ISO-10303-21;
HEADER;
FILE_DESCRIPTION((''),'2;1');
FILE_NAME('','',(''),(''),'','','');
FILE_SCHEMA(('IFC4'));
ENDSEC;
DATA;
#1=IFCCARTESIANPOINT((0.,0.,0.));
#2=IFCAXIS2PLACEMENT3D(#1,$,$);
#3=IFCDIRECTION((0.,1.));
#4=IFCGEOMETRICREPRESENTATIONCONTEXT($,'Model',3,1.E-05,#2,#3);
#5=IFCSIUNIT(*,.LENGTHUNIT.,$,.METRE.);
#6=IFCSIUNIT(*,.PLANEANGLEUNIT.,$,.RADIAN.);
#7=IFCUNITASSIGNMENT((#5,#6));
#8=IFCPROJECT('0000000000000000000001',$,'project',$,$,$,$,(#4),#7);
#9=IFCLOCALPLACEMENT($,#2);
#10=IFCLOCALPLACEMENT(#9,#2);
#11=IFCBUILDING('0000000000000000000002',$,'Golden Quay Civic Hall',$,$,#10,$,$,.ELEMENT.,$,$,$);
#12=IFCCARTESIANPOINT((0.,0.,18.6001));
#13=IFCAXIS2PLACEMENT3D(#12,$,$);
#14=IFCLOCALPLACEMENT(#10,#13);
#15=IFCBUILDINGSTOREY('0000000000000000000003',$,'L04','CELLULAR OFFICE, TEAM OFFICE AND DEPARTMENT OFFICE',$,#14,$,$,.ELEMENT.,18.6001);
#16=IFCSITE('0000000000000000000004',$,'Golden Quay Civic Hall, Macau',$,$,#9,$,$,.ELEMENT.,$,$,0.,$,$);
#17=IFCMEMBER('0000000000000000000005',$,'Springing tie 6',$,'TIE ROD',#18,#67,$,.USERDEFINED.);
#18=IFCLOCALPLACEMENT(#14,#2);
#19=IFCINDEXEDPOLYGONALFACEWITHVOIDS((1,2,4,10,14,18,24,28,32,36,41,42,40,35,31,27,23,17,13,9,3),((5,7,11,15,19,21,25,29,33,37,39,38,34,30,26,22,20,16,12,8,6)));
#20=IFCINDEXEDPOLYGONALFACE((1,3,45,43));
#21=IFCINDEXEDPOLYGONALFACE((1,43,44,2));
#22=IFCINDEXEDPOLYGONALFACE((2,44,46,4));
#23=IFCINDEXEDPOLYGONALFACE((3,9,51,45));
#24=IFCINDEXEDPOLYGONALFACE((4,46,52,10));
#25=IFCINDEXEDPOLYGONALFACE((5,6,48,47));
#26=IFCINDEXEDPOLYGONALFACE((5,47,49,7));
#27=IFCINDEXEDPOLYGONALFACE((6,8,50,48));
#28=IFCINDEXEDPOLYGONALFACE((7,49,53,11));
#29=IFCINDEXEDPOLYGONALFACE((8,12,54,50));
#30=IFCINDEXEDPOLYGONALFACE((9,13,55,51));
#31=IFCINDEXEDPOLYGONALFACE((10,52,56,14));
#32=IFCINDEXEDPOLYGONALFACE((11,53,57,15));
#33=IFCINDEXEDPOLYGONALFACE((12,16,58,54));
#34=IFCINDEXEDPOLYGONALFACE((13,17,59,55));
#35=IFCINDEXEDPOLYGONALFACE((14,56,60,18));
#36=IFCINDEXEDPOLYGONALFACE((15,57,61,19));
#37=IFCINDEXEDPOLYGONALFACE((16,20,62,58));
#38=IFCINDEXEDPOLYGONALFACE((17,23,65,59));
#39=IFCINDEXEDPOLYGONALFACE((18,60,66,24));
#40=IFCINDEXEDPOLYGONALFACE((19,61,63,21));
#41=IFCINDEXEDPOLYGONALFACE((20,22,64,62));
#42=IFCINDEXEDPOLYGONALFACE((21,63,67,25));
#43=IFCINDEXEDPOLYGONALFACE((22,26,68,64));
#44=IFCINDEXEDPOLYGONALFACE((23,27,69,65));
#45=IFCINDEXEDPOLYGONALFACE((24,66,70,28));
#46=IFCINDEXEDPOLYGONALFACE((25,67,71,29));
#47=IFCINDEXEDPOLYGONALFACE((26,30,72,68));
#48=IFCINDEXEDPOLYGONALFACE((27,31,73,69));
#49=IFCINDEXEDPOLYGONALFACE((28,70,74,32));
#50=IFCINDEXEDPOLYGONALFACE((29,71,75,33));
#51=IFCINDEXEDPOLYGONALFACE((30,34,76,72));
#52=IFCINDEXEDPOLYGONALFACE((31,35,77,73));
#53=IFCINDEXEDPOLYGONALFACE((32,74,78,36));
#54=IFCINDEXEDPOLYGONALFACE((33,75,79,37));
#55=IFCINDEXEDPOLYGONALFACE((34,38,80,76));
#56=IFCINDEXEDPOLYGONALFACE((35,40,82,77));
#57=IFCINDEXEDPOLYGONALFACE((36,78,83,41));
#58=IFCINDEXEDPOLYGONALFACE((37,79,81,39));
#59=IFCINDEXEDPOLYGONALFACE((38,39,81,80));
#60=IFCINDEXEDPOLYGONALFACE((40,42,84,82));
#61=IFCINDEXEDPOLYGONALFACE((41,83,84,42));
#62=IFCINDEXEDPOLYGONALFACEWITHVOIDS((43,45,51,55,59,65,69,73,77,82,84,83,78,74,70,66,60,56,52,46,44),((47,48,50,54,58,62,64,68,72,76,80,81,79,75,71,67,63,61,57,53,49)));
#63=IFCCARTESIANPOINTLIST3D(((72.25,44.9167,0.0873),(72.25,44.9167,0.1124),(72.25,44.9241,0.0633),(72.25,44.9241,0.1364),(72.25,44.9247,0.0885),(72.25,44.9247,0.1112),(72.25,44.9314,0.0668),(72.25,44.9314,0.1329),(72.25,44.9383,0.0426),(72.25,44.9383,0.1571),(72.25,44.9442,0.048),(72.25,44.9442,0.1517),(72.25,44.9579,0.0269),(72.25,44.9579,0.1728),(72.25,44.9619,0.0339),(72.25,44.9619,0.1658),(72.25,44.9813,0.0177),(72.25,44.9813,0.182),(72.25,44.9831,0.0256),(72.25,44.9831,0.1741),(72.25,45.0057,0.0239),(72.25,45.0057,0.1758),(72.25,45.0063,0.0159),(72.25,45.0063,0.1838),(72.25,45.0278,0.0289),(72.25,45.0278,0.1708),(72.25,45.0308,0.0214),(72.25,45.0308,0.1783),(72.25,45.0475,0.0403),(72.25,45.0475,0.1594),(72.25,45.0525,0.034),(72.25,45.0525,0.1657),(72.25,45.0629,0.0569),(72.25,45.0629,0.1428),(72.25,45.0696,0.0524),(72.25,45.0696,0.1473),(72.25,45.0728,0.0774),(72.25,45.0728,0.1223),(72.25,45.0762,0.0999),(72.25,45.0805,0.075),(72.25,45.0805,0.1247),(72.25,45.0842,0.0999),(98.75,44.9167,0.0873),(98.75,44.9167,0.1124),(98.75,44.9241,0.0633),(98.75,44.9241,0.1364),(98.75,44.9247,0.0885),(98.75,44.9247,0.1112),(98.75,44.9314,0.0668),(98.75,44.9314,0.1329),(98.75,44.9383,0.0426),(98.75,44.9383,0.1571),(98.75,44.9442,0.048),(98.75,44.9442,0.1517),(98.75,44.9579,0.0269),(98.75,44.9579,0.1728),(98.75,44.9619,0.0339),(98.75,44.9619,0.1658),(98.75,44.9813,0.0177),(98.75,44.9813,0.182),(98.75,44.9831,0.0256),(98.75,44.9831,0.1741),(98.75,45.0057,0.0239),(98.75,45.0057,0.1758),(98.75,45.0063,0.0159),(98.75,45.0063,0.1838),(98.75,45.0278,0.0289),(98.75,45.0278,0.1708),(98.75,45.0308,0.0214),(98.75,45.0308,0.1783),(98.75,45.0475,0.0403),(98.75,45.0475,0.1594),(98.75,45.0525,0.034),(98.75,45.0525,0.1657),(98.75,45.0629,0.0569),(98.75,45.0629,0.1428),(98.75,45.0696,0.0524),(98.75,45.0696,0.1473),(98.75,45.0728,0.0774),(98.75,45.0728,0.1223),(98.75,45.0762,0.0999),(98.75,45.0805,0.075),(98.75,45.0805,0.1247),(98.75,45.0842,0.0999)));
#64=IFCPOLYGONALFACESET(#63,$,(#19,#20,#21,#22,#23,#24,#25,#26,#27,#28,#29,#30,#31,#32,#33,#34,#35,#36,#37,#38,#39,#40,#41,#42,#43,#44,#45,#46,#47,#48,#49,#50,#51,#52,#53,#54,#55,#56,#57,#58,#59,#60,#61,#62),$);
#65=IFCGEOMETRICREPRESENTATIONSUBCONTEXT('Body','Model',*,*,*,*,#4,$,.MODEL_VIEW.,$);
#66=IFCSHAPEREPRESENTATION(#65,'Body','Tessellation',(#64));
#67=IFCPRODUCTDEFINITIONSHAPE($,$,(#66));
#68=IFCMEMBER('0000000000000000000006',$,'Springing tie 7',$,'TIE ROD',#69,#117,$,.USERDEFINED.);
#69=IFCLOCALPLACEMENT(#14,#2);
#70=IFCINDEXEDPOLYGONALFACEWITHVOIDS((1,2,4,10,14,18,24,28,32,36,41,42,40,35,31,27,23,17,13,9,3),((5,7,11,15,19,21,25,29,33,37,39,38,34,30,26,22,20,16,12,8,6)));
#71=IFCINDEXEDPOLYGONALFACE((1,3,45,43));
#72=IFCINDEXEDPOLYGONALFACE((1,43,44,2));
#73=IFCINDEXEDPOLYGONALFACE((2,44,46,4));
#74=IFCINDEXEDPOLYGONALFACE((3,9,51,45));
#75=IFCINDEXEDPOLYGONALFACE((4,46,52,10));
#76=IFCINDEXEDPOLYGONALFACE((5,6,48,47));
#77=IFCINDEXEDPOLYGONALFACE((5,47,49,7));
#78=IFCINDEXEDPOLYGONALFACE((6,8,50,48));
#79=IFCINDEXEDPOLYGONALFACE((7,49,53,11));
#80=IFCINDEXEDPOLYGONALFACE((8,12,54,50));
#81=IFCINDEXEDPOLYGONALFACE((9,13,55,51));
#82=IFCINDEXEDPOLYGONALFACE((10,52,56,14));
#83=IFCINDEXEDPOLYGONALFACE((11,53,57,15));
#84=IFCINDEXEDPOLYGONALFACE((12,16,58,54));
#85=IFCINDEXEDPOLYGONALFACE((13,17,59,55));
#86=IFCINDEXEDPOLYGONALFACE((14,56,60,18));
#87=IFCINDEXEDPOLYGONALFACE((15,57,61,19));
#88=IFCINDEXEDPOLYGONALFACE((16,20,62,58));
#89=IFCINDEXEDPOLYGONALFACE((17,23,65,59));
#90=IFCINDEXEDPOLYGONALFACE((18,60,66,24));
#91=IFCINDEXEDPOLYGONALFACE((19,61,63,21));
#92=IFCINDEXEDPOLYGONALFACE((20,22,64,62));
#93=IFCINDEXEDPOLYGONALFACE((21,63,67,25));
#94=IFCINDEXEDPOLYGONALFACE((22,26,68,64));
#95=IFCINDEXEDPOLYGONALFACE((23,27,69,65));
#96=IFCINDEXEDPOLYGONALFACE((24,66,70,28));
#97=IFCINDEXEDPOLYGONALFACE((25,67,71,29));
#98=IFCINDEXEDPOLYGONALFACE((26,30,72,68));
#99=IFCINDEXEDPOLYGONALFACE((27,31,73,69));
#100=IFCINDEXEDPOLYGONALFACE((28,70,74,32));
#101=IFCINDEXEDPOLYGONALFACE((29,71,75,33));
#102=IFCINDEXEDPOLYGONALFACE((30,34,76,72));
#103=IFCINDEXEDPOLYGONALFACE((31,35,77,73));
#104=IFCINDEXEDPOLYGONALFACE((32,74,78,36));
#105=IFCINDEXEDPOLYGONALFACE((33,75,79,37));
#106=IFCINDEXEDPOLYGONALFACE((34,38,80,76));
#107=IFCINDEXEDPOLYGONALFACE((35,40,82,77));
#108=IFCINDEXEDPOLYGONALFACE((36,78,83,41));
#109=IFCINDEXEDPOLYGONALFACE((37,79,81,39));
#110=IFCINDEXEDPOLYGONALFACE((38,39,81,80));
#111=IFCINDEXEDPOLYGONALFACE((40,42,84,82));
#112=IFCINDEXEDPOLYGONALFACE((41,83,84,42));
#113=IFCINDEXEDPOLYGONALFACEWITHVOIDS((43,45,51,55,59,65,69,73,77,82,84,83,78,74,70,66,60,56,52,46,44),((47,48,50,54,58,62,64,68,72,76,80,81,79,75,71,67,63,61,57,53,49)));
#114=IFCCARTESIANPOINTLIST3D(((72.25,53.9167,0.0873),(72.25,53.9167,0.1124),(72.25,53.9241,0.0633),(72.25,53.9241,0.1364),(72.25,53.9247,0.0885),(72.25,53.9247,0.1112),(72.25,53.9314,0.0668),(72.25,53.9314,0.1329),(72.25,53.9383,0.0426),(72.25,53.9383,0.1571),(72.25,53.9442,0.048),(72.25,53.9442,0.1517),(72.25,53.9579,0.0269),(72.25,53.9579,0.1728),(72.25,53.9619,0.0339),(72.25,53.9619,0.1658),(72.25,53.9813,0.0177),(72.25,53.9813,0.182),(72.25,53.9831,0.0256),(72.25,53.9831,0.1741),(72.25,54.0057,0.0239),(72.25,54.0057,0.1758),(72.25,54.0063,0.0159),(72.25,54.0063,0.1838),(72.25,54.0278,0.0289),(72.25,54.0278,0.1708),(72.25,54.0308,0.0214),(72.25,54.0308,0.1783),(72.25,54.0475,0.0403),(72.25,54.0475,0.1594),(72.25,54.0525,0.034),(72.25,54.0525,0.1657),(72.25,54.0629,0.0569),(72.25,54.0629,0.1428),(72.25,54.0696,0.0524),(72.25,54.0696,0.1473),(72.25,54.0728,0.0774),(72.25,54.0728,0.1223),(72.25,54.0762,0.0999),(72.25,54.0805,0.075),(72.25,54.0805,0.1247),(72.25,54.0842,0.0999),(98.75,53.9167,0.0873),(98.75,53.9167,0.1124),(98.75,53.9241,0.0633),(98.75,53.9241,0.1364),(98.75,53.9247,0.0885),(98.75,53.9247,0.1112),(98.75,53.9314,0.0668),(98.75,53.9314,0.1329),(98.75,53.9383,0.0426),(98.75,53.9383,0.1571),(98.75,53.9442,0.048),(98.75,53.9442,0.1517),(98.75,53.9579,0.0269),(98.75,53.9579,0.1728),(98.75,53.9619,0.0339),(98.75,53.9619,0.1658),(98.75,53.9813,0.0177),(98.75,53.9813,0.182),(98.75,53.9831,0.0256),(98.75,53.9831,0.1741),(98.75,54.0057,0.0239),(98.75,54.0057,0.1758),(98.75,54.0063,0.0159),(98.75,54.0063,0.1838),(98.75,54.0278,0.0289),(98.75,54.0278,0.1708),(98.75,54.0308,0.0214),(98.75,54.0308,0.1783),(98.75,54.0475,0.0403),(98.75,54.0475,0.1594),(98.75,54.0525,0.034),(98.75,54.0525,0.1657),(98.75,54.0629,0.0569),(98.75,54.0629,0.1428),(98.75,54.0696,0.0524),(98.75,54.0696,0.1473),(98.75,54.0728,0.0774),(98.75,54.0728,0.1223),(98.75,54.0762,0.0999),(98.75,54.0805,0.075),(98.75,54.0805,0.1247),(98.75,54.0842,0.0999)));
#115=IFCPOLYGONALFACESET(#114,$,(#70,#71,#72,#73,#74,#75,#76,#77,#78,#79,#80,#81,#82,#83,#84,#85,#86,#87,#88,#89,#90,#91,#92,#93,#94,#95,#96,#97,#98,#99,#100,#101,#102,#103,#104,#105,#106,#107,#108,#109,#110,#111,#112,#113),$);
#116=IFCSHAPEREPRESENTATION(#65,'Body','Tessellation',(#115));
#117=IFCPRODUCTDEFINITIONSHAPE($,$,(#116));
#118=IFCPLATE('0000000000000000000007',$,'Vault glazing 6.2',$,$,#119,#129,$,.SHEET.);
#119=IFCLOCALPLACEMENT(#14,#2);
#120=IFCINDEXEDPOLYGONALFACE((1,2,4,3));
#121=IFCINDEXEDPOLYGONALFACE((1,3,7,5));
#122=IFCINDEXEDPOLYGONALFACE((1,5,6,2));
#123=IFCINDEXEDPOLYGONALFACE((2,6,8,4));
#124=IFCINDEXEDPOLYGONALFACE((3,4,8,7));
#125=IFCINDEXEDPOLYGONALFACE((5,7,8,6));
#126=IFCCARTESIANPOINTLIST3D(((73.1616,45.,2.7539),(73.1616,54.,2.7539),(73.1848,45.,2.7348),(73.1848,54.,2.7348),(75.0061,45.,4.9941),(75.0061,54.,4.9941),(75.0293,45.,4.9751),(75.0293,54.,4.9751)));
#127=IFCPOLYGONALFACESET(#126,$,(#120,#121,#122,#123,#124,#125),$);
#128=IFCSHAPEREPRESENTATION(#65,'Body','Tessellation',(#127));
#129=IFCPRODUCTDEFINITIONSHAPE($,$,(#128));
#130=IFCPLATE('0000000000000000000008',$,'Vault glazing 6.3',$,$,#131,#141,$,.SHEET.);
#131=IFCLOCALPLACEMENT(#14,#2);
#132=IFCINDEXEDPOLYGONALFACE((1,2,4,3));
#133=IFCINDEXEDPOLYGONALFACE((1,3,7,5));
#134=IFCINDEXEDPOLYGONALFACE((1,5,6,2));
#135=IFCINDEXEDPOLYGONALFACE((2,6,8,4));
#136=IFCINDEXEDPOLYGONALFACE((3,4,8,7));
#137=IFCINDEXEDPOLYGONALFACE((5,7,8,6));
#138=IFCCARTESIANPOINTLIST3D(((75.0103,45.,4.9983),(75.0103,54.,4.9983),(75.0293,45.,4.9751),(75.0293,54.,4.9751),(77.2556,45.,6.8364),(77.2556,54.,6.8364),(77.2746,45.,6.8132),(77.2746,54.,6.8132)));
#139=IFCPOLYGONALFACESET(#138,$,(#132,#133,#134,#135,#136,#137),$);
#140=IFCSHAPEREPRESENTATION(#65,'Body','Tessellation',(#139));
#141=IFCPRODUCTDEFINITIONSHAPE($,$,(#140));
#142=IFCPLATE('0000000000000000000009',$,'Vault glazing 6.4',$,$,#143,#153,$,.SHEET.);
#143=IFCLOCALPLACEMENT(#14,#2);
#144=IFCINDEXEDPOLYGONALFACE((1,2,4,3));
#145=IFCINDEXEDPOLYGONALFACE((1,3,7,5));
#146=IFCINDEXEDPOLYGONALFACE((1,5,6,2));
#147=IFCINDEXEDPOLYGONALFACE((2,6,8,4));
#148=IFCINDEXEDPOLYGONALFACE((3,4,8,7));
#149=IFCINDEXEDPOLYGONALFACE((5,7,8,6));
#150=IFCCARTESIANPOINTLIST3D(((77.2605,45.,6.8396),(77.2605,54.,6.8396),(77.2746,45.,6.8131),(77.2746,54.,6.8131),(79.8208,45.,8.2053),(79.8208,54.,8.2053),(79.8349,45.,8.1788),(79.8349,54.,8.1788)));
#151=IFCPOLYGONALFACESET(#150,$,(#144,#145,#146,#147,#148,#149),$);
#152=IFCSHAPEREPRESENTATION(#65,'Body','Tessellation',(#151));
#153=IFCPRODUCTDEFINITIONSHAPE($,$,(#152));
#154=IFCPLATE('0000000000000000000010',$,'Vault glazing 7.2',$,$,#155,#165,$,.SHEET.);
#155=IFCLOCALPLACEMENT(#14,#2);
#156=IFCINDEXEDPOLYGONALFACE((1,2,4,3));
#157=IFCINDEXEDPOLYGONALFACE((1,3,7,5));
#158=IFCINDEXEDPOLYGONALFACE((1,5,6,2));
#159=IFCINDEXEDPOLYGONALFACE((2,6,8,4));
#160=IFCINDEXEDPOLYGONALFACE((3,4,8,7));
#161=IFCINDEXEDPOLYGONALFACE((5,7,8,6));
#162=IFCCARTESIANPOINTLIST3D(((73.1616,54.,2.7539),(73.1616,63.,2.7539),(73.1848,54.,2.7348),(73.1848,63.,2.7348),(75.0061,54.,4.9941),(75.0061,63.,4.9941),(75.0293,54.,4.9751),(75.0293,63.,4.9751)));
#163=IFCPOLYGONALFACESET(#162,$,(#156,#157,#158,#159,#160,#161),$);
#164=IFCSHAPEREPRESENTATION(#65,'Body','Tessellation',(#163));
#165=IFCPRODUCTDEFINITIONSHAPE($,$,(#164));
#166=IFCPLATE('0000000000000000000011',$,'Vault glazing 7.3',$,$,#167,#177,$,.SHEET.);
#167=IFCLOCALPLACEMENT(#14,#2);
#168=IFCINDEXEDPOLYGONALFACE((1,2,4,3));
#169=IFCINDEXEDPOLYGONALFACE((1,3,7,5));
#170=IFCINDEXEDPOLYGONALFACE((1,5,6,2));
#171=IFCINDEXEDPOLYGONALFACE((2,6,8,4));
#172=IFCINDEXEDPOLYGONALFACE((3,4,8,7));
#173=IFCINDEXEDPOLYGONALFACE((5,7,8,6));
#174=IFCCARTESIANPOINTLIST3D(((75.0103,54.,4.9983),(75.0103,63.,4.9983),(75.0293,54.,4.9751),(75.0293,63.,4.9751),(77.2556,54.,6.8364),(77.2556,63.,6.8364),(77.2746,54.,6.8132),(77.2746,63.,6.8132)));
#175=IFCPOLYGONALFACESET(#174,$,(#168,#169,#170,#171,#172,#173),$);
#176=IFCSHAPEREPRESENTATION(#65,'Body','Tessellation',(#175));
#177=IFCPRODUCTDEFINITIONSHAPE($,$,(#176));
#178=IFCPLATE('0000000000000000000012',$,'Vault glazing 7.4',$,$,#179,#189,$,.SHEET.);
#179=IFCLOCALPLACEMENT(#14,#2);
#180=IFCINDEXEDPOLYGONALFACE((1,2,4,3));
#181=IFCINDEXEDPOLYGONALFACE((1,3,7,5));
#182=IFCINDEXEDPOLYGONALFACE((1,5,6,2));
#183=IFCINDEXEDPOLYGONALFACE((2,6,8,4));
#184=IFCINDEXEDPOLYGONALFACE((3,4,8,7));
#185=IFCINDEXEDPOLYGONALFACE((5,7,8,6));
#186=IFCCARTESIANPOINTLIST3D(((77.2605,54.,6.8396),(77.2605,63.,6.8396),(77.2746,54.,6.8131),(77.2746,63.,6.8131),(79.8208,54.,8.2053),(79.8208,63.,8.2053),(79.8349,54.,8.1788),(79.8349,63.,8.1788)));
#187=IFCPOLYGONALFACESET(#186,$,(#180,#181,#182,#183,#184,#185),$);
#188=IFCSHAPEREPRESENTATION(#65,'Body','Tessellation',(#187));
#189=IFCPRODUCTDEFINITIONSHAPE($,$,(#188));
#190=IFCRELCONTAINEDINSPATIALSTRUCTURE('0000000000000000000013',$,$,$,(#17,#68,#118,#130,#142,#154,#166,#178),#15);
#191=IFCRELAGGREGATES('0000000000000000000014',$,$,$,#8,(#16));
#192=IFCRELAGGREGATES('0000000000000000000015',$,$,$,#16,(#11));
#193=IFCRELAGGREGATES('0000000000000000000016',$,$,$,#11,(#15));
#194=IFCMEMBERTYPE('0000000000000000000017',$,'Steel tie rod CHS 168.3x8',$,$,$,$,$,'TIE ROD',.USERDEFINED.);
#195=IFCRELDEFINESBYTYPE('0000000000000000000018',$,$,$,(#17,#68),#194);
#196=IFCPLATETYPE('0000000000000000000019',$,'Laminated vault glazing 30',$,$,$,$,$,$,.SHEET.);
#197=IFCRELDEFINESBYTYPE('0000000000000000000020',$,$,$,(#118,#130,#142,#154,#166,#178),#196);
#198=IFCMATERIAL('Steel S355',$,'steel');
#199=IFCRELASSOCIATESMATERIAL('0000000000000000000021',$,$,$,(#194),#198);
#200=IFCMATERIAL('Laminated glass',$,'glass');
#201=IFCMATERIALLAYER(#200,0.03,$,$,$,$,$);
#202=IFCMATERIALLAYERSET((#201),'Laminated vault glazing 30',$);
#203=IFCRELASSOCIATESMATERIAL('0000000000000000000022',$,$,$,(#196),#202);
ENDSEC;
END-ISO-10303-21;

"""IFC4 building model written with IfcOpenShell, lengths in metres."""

from ifc_helpers import new_model, si_unit, direction, frame, origin, origin_2d, place, context, subcontext, project, spatial, polyline, hollow_circle, outline, extrude, material, layer, layer_set, material_profile, profile_set, type_object, element, save


model = new_model("IFC4")

# Units and contexts
model_context = context("Model", 3, precision=1e-05, world=origin(), true_north=direction((0.0, 1.0)))
body_context = subcontext(model_context, "Body", "Model", "MODEL_VIEW")
ifc_project = project(units=[si_unit("LENGTHUNIT", "METRE"), si_unit("PLANEANGLEUNIT", "RADIAN")], contexts=[model_context])

# Site, building, storey
site_placement = place(None, origin())
site = spatial("IfcSite", under=ifc_project, at=site_placement, Name="Golden Quay Civic Hall, Macau", CompositionType="ELEMENT", RefElevation=0.0)
building_placement = place(site_placement, origin())
building = spatial("IfcBuilding", under=site, at=building_placement, Name="Golden Quay Civic Hall", CompositionType="ELEMENT")
storey_placement = place(building_placement, frame((0.0, 0.0, 18.6001)))
storey = spatial("IfcBuildingStorey", under=building, at=storey_placement, Name="L04", Description="CELLULAR OFFICE, TEAM OFFICE AND DEPARTMENT OFFICE", CompositionType="ELEMENT", Elevation=18.6001)

# Members
ifc_material_1 = material(Name="Steel S355", Category="steel")
ifc_material_profile_1 = material_profile(ifc_material_1, hollow_circle(Radius=0.0842, WallThickness=0.0081, at=origin_2d()), Name="CHS 168.3x8")
ifc_profile_set_1 = profile_set([ifc_material_profile_1], Name="Steel S355")
member_type_1 = type_object("IfcMemberType", Name="Steel tie rod CHS 168.3x8", ElementType="TIE ROD", PredefinedType="USERDEFINED", material=ifc_profile_set_1)
for number, where, z_axis, x_axis, name in (
    (1, (72.25, 45.0, 0.0999), (1.0, 0.0, 0.0), (0.0, 1.0, 0.0), "Springing tie 6"),
    (2, (72.25, 54.0, 0.0999), (1.0, 0.0, 0.0), (0.0, 1.0, 0.0), "Springing tie 7"),
):
    element("IfcMember", number, at=place(storey_placement, frame(where, z_axis=z_axis, x_axis=x_axis)), inside=storey, type_object=member_type_1, Name=name, ObjectType="TIE ROD", PredefinedType="USERDEFINED", context=body_context, shape_type="SweptSolid", body=[
        extrude(hollow_circle(Radius=0.0842, WallThickness=0.0081, at=origin_2d()), origin(), (0.0, 0.0, 1.0), 26.5),
    ])

# Plates
ifc_material_2 = material(Name="Laminated glass", Category="glass")
ifc_layer = layer(ifc_material_2, 0.03)
ifc_layer_set = layer_set([ifc_layer], Name="Laminated vault glazing 30")
plate_type = type_object("IfcPlateType", Name="Laminated vault glazing 30", PredefinedType="SHEET", material=ifc_layer_set)
plate_1_placement = place(storey_placement, frame((73.1616, 45.0, 2.7539), z_axis=(-0.772001, 0.0, 0.635622), x_axis=(0.635622, 0.0, 0.772001)))
element("IfcPlate", 3, at=plate_1_placement, inside=storey, type_object=plate_type, Name="Vault glazing 6.2", PredefinedType="SHEET", context=body_context, shape_type="SweptSolid", body=[
    extrude(outline(polyline([(0.0, 0.0), (2.9019, 0.0), (2.9019, 9.0), (0.0, 9.0), (0.0, 0.0)])), origin(), (0.0, 0.0, -1.0), 0.03),
])
plate_2_placement = place(storey_placement, frame((75.0103, 45.0, 4.9983), z_axis=(-0.633449, 0.0, 0.773785), x_axis=(0.773785, 0.0, 0.633449)))
element("IfcPlate", 4, at=plate_2_placement, inside=storey, type_object=plate_type, Name="Vault glazing 6.3", PredefinedType="SHEET", context=body_context, shape_type="SweptSolid", body=[
    extrude(outline(polyline([(0.0, 0.0), (2.9018, 0.0), (2.9018, 9.0), (0.0, 9.0), (0.0, 0.0)])), origin(), (0.0, 0.0, -1.0), 0.03),
])
plate_3_placement = place(storey_placement, frame((77.2605, 45.0, 6.8396), z_axis=(-0.470649, 0.0, 0.88232), x_axis=(0.88232, 0.0, 0.470649)))
element("IfcPlate", 5, at=plate_3_placement, inside=storey, type_object=plate_type, Name="Vault glazing 6.4", PredefinedType="SHEET", context=body_context, shape_type="SweptSolid", body=[
    extrude(outline(polyline([(0.0, 0.0), (2.9018, 0.0), (2.9018, 9.0), (0.0, 9.0), (0.0, 0.0)])), origin(), (0.0, 0.0, -1.0), 0.03),
])
plate_4_placement = place(storey_placement, frame((73.1616, 54.0, 2.7539), z_axis=(-0.772001, 0.0, 0.635622), x_axis=(0.635622, 0.0, 0.772001)))
element("IfcPlate", 6, at=plate_4_placement, inside=storey, type_object=plate_type, Name="Vault glazing 7.2", PredefinedType="SHEET", context=body_context, shape_type="SweptSolid", body=[
    extrude(outline(polyline([(0.0, 0.0), (2.9019, 0.0), (2.9019, 9.0), (0.0, 9.0), (0.0, 0.0)])), origin(), (0.0, 0.0, -1.0), 0.03),
])
plate_5_placement = place(storey_placement, frame((75.0103, 54.0, 4.9983), z_axis=(-0.633449, 0.0, 0.773785), x_axis=(0.773785, 0.0, 0.633449)))
element("IfcPlate", 7, at=plate_5_placement, inside=storey, type_object=plate_type, Name="Vault glazing 7.3", PredefinedType="SHEET", context=body_context, shape_type="SweptSolid", body=[
    extrude(outline(polyline([(0.0, 0.0), (2.9018, 0.0), (2.9018, 9.0), (0.0, 9.0), (0.0, 0.0)])), origin(), (0.0, 0.0, -1.0), 0.03),
])
plate_6_placement = place(storey_placement, frame((77.2605, 54.0, 6.8396), z_axis=(-0.470649, 0.0, 0.88232), x_axis=(0.88232, 0.0, 0.470649)))
element("IfcPlate", 8, at=plate_6_placement, inside=storey, type_object=plate_type, Name="Vault glazing 7.4", PredefinedType="SHEET", context=body_context, shape_type="SweptSolid", body=[
    extrude(outline(polyline([(0.0, 0.0), (2.9018, 0.0), (2.9018, 9.0), (0.0, 9.0), (0.0, 0.0)])), origin(), (0.0, 0.0, -1.0), 0.03),
])

save(model, "model.ifc")
